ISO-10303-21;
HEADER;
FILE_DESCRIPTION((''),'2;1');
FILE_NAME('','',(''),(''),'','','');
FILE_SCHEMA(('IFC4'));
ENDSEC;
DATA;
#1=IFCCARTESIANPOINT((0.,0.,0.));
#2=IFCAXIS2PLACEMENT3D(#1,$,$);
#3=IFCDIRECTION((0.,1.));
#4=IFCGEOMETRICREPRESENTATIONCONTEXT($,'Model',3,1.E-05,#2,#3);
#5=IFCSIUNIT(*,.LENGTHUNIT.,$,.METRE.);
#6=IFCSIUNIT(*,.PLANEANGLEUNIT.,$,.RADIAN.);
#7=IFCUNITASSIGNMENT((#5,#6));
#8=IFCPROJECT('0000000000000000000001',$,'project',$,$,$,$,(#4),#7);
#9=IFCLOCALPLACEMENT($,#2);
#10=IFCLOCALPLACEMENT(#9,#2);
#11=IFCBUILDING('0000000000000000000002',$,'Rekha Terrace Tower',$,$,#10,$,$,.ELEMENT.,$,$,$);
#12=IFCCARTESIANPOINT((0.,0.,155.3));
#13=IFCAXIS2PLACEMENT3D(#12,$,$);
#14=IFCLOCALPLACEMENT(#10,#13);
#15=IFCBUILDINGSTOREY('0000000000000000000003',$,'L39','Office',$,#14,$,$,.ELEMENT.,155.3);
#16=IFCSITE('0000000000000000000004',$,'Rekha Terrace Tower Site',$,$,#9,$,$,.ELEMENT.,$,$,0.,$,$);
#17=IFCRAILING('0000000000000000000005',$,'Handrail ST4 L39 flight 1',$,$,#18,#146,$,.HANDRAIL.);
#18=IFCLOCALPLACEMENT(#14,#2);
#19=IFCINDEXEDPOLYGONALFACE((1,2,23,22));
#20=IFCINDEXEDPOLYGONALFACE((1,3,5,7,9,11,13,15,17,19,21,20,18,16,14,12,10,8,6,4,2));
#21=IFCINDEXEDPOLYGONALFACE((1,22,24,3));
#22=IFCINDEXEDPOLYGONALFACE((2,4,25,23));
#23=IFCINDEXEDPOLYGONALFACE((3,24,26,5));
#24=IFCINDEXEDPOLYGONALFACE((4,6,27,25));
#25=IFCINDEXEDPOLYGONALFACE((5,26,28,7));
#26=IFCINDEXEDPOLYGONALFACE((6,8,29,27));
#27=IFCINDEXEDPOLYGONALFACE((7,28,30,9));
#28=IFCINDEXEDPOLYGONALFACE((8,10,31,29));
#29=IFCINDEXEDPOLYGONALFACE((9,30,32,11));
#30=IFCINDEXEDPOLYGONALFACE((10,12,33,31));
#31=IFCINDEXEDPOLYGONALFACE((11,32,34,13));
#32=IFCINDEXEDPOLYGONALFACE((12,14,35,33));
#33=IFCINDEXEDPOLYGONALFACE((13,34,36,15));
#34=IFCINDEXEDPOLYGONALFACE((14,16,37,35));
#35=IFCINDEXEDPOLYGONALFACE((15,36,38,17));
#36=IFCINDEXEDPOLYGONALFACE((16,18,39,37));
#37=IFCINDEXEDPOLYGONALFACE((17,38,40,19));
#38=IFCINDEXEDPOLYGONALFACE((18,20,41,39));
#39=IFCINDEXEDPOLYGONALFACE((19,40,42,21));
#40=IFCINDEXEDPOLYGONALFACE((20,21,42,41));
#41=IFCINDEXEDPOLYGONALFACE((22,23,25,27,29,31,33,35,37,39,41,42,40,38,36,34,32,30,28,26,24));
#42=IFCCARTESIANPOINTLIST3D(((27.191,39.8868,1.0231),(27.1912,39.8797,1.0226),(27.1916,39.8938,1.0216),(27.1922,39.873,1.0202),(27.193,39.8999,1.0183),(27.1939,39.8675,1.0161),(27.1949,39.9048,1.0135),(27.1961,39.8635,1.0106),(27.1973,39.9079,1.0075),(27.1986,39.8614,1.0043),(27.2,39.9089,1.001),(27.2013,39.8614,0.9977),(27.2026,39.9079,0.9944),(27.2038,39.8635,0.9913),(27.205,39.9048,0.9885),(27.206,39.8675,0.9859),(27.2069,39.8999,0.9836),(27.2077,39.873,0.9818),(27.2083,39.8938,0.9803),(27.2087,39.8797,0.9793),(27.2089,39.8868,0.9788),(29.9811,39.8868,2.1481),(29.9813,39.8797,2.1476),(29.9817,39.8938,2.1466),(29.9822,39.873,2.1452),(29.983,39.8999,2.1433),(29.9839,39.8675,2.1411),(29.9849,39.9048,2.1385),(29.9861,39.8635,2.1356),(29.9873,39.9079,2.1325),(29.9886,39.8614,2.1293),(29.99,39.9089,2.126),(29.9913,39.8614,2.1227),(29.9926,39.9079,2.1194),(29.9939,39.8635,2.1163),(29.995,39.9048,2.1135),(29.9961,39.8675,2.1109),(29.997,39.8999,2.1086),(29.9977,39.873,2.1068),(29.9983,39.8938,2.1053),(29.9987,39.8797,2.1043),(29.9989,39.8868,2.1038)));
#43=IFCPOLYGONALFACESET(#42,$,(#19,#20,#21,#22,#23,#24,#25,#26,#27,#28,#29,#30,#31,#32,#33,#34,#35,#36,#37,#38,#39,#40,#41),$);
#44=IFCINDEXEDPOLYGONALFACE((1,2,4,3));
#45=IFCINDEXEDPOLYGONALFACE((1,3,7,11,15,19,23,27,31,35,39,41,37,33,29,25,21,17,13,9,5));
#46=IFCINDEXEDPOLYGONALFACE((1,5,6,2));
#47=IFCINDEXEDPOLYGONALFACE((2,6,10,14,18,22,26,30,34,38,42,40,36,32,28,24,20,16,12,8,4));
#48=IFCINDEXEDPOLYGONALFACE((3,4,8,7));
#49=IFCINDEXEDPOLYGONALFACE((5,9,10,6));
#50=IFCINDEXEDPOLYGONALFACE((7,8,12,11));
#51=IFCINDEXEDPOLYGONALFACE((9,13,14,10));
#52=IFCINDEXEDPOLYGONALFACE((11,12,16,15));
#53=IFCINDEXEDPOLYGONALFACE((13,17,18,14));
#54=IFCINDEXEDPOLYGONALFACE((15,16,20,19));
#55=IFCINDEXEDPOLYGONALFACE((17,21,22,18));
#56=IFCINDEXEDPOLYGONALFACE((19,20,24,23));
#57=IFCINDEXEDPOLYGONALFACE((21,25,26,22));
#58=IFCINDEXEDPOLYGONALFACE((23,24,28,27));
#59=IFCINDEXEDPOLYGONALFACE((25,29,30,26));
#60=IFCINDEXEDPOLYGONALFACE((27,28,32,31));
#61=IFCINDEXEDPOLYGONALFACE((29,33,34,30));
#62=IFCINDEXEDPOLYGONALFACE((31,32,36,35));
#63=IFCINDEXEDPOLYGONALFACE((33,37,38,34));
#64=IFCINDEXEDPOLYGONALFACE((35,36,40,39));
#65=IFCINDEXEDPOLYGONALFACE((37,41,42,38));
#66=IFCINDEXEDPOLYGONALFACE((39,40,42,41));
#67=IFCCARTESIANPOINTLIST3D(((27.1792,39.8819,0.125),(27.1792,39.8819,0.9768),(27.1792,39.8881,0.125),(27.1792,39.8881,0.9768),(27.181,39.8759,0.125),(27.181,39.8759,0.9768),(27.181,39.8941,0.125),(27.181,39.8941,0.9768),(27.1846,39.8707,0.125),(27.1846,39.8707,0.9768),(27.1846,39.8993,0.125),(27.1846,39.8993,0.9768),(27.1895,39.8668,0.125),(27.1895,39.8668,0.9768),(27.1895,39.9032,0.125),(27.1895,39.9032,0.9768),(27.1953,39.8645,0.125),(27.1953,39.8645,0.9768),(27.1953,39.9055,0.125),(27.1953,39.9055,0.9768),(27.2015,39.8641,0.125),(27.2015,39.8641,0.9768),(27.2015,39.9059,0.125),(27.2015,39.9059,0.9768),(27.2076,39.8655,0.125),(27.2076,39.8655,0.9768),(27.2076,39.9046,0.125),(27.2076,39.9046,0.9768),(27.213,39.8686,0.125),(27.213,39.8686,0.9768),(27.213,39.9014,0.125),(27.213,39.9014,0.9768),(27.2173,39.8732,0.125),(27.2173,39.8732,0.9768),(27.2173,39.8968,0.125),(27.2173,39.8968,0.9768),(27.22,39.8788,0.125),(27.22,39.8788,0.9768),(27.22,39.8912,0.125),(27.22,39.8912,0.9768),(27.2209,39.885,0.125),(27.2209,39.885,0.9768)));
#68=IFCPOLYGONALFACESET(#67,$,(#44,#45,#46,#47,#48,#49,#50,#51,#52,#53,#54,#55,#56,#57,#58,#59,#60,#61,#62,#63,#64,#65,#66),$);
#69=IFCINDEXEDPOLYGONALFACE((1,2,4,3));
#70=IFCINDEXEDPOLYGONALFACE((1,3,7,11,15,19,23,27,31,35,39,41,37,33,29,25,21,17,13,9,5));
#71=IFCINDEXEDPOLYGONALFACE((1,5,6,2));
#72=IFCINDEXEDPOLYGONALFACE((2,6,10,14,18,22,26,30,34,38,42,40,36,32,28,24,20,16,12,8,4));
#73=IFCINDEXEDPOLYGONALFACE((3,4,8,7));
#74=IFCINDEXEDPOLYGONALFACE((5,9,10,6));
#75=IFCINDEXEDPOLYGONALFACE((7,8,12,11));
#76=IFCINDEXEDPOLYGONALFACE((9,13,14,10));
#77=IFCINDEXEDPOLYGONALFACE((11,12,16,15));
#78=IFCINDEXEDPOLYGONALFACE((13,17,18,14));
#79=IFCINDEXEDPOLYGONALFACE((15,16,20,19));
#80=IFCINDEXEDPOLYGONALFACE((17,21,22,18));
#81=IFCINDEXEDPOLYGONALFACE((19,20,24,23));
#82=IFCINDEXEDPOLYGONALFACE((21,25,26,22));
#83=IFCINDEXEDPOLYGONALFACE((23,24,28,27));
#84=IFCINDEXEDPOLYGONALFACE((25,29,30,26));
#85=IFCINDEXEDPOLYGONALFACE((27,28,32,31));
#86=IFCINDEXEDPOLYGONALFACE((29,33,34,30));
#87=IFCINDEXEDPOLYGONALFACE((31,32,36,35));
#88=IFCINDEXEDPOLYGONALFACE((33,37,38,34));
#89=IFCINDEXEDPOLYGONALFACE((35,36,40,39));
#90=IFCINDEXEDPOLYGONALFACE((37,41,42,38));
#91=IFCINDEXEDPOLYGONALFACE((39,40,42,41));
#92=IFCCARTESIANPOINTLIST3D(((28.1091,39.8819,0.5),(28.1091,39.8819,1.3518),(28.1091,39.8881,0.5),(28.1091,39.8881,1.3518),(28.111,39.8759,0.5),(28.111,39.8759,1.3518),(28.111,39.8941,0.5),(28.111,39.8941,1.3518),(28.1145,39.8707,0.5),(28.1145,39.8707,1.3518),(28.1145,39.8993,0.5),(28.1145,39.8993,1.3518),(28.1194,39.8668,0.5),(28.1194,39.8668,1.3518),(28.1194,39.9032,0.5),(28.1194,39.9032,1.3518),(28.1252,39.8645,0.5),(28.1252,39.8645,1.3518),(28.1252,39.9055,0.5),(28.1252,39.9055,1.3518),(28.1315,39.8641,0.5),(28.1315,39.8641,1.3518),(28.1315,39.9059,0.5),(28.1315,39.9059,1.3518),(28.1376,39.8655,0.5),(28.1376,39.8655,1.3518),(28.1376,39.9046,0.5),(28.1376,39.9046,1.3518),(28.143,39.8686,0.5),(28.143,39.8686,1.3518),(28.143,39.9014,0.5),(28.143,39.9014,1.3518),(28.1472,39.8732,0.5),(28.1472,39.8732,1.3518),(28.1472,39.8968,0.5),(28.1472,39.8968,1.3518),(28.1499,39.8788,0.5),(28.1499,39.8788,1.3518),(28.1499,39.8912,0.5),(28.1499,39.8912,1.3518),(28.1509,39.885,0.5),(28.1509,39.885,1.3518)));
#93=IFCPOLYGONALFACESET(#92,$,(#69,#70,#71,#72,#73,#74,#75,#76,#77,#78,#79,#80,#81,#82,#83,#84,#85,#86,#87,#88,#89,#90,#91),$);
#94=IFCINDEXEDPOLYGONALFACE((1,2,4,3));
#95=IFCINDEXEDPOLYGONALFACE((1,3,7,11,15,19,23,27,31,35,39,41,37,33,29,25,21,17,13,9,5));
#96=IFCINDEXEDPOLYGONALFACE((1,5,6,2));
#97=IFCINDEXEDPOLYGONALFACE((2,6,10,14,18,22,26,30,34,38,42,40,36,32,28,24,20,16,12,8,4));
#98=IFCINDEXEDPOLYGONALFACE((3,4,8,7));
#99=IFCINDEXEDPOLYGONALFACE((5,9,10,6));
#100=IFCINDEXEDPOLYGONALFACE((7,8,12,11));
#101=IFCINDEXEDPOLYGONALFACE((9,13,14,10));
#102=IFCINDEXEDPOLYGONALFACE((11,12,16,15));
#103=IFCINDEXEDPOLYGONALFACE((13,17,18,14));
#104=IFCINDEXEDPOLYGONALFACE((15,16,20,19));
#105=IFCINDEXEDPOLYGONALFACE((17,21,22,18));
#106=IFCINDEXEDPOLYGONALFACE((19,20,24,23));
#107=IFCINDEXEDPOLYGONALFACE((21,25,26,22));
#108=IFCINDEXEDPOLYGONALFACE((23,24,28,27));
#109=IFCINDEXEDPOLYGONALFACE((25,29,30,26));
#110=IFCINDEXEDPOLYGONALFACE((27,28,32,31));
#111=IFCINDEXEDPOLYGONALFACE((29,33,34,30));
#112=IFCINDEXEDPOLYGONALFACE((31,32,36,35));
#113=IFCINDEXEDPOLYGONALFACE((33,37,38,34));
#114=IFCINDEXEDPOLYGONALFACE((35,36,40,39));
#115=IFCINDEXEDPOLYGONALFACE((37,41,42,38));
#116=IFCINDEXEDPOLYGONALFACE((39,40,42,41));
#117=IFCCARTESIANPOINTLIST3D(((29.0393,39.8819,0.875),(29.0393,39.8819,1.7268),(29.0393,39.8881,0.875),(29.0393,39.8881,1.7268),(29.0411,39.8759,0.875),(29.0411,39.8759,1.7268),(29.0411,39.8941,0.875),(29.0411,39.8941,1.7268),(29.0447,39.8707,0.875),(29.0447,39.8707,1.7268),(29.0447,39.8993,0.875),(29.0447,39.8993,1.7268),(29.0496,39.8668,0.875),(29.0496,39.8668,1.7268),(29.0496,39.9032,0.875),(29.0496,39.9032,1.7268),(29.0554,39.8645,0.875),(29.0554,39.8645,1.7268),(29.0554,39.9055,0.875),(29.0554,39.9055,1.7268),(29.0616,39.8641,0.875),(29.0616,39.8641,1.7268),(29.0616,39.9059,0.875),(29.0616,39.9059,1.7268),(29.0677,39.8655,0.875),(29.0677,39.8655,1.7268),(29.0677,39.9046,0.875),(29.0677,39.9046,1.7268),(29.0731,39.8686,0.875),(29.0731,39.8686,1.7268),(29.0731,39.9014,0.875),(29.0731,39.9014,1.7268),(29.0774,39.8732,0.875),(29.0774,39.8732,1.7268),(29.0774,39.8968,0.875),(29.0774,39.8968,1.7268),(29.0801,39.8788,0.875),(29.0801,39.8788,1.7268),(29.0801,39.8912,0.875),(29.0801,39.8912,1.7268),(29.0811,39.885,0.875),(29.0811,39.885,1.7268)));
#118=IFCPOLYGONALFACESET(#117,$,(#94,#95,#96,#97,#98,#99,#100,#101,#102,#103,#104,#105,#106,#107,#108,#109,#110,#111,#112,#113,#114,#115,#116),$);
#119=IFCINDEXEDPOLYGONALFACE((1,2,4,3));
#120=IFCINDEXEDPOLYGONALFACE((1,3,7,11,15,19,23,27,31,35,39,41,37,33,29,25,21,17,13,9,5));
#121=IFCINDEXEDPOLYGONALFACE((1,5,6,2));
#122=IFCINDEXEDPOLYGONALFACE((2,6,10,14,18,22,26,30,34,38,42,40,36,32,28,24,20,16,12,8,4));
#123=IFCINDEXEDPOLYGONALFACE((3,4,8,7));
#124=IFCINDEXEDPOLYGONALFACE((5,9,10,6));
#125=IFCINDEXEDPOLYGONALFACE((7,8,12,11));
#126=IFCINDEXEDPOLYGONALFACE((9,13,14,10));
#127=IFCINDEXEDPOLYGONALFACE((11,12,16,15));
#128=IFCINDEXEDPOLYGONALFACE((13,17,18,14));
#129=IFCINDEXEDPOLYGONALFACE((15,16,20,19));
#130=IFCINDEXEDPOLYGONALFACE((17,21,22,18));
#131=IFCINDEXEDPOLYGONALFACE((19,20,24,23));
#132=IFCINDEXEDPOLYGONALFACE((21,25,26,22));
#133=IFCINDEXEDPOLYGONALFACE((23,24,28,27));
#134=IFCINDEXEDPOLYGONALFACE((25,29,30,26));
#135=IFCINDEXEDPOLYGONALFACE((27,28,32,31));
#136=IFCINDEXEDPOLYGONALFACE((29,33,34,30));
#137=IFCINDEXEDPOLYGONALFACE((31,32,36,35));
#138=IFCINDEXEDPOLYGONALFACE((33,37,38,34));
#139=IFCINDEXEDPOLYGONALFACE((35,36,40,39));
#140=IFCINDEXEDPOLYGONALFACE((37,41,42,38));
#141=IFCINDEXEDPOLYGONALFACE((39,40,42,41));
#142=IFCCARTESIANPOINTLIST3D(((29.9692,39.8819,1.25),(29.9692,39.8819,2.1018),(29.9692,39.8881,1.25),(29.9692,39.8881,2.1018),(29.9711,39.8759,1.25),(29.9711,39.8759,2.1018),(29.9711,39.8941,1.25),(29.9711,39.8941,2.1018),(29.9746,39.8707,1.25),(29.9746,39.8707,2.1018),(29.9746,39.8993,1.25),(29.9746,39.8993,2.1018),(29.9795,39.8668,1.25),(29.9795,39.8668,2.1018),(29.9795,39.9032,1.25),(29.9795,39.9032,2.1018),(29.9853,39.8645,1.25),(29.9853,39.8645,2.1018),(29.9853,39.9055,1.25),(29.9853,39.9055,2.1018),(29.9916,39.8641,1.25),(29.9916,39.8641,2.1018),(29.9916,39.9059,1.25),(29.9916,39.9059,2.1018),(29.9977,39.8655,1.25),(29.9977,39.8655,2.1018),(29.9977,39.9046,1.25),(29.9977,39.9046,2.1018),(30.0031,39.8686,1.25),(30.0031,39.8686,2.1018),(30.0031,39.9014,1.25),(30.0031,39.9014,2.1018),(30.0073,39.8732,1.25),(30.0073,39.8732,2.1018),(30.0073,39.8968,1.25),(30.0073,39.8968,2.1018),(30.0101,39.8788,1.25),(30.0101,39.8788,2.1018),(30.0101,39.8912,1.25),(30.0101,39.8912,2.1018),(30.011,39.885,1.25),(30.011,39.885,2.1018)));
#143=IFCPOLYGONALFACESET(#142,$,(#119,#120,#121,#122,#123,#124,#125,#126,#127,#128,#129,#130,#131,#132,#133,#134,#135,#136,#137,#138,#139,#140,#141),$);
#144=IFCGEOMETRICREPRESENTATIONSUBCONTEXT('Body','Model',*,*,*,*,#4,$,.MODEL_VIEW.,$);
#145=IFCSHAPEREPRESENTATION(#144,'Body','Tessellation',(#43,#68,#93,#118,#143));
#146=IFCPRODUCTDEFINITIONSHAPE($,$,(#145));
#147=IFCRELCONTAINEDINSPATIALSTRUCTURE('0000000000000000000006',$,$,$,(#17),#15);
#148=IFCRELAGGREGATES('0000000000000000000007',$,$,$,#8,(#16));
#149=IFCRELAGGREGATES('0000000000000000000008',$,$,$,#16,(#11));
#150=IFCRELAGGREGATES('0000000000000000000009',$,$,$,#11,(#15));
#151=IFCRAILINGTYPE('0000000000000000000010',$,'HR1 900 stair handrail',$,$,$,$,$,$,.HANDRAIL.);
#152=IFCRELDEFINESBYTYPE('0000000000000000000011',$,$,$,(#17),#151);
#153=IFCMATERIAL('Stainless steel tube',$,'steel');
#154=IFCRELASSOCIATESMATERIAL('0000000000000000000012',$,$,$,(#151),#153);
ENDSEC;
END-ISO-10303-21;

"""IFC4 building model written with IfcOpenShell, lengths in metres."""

from ifc_helpers import new_model, si_unit, direction, frame, origin, origin_2d, place, context, subcontext, project, spatial, circle, extrude, material, type_object, element, save


model = new_model("IFC4")

# Units and contexts
model_context = context("Model", 3, precision=1e-05, world=origin(), true_north=direction((0.0, 1.0)))
body_context = subcontext(model_context, "Body", "Model", "MODEL_VIEW")
ifc_project = project(units=[si_unit("LENGTHUNIT", "METRE"), si_unit("PLANEANGLEUNIT", "RADIAN")], contexts=[model_context])

# Site, building, storey
site_placement = place(None, origin())
site = spatial("IfcSite", under=ifc_project, at=site_placement, Name="Rekha Terrace Tower Site", CompositionType="ELEMENT", RefElevation=0.0)
building_placement = place(site_placement, origin())
building = spatial("IfcBuilding", under=site, at=building_placement, Name="Rekha Terrace Tower", CompositionType="ELEMENT")
storey_placement = place(building_placement, frame((0.0, 0.0, 155.3)))
storey = spatial("IfcBuildingStorey", under=building, at=storey_placement, Name="L39", Description="Office", CompositionType="ELEMENT", Elevation=155.3)

# Railing
ifc_material_1 = material(Name="Stainless steel tube", Category="steel")
railing_type_1 = type_object("IfcRailingType", Name="HR1 900 stair handrail", PredefinedType="HANDRAIL", material=ifc_material_1)
railing_1_placement = place(storey_placement, frame((27.2, 39.885, 0.125)))
element("IfcRailing", 1, at=railing_1_placement, inside=storey, type_object=railing_type_1, Name="Handrail ST4 L39 flight 1", PredefinedType="HANDRAIL", context=body_context, shape_type="SweptSolid", body=[
    extrude(circle(Radius=0.0239, at=origin_2d()), frame((0.0, 0.0, 0.876), z_axis=(0.927443, 0.0, 0.373964), x_axis=(0.0, 1.0, 0.0)), (0.0, 0.0, 1.0), 3.0083),
    extrude(circle(Radius=0.021, at=origin_2d()), origin(), (0.0, 0.0, 1.0), 0.8518),
    extrude(circle(Radius=0.021, at=origin_2d()), frame((0.9299, 0.0, 0.375)), (0.0, 0.0, 1.0), 0.8518),
    extrude(circle(Radius=0.021, at=origin_2d()), frame((1.8601, 0.0, 0.75)), (0.0, 0.0, 1.0), 0.8518),
    extrude(circle(Radius=0.021, at=origin_2d()), frame((2.79, 0.0, 1.125)), (0.0, 0.0, 1.0), 0.8518),
])

save(model, "model.ifc")
